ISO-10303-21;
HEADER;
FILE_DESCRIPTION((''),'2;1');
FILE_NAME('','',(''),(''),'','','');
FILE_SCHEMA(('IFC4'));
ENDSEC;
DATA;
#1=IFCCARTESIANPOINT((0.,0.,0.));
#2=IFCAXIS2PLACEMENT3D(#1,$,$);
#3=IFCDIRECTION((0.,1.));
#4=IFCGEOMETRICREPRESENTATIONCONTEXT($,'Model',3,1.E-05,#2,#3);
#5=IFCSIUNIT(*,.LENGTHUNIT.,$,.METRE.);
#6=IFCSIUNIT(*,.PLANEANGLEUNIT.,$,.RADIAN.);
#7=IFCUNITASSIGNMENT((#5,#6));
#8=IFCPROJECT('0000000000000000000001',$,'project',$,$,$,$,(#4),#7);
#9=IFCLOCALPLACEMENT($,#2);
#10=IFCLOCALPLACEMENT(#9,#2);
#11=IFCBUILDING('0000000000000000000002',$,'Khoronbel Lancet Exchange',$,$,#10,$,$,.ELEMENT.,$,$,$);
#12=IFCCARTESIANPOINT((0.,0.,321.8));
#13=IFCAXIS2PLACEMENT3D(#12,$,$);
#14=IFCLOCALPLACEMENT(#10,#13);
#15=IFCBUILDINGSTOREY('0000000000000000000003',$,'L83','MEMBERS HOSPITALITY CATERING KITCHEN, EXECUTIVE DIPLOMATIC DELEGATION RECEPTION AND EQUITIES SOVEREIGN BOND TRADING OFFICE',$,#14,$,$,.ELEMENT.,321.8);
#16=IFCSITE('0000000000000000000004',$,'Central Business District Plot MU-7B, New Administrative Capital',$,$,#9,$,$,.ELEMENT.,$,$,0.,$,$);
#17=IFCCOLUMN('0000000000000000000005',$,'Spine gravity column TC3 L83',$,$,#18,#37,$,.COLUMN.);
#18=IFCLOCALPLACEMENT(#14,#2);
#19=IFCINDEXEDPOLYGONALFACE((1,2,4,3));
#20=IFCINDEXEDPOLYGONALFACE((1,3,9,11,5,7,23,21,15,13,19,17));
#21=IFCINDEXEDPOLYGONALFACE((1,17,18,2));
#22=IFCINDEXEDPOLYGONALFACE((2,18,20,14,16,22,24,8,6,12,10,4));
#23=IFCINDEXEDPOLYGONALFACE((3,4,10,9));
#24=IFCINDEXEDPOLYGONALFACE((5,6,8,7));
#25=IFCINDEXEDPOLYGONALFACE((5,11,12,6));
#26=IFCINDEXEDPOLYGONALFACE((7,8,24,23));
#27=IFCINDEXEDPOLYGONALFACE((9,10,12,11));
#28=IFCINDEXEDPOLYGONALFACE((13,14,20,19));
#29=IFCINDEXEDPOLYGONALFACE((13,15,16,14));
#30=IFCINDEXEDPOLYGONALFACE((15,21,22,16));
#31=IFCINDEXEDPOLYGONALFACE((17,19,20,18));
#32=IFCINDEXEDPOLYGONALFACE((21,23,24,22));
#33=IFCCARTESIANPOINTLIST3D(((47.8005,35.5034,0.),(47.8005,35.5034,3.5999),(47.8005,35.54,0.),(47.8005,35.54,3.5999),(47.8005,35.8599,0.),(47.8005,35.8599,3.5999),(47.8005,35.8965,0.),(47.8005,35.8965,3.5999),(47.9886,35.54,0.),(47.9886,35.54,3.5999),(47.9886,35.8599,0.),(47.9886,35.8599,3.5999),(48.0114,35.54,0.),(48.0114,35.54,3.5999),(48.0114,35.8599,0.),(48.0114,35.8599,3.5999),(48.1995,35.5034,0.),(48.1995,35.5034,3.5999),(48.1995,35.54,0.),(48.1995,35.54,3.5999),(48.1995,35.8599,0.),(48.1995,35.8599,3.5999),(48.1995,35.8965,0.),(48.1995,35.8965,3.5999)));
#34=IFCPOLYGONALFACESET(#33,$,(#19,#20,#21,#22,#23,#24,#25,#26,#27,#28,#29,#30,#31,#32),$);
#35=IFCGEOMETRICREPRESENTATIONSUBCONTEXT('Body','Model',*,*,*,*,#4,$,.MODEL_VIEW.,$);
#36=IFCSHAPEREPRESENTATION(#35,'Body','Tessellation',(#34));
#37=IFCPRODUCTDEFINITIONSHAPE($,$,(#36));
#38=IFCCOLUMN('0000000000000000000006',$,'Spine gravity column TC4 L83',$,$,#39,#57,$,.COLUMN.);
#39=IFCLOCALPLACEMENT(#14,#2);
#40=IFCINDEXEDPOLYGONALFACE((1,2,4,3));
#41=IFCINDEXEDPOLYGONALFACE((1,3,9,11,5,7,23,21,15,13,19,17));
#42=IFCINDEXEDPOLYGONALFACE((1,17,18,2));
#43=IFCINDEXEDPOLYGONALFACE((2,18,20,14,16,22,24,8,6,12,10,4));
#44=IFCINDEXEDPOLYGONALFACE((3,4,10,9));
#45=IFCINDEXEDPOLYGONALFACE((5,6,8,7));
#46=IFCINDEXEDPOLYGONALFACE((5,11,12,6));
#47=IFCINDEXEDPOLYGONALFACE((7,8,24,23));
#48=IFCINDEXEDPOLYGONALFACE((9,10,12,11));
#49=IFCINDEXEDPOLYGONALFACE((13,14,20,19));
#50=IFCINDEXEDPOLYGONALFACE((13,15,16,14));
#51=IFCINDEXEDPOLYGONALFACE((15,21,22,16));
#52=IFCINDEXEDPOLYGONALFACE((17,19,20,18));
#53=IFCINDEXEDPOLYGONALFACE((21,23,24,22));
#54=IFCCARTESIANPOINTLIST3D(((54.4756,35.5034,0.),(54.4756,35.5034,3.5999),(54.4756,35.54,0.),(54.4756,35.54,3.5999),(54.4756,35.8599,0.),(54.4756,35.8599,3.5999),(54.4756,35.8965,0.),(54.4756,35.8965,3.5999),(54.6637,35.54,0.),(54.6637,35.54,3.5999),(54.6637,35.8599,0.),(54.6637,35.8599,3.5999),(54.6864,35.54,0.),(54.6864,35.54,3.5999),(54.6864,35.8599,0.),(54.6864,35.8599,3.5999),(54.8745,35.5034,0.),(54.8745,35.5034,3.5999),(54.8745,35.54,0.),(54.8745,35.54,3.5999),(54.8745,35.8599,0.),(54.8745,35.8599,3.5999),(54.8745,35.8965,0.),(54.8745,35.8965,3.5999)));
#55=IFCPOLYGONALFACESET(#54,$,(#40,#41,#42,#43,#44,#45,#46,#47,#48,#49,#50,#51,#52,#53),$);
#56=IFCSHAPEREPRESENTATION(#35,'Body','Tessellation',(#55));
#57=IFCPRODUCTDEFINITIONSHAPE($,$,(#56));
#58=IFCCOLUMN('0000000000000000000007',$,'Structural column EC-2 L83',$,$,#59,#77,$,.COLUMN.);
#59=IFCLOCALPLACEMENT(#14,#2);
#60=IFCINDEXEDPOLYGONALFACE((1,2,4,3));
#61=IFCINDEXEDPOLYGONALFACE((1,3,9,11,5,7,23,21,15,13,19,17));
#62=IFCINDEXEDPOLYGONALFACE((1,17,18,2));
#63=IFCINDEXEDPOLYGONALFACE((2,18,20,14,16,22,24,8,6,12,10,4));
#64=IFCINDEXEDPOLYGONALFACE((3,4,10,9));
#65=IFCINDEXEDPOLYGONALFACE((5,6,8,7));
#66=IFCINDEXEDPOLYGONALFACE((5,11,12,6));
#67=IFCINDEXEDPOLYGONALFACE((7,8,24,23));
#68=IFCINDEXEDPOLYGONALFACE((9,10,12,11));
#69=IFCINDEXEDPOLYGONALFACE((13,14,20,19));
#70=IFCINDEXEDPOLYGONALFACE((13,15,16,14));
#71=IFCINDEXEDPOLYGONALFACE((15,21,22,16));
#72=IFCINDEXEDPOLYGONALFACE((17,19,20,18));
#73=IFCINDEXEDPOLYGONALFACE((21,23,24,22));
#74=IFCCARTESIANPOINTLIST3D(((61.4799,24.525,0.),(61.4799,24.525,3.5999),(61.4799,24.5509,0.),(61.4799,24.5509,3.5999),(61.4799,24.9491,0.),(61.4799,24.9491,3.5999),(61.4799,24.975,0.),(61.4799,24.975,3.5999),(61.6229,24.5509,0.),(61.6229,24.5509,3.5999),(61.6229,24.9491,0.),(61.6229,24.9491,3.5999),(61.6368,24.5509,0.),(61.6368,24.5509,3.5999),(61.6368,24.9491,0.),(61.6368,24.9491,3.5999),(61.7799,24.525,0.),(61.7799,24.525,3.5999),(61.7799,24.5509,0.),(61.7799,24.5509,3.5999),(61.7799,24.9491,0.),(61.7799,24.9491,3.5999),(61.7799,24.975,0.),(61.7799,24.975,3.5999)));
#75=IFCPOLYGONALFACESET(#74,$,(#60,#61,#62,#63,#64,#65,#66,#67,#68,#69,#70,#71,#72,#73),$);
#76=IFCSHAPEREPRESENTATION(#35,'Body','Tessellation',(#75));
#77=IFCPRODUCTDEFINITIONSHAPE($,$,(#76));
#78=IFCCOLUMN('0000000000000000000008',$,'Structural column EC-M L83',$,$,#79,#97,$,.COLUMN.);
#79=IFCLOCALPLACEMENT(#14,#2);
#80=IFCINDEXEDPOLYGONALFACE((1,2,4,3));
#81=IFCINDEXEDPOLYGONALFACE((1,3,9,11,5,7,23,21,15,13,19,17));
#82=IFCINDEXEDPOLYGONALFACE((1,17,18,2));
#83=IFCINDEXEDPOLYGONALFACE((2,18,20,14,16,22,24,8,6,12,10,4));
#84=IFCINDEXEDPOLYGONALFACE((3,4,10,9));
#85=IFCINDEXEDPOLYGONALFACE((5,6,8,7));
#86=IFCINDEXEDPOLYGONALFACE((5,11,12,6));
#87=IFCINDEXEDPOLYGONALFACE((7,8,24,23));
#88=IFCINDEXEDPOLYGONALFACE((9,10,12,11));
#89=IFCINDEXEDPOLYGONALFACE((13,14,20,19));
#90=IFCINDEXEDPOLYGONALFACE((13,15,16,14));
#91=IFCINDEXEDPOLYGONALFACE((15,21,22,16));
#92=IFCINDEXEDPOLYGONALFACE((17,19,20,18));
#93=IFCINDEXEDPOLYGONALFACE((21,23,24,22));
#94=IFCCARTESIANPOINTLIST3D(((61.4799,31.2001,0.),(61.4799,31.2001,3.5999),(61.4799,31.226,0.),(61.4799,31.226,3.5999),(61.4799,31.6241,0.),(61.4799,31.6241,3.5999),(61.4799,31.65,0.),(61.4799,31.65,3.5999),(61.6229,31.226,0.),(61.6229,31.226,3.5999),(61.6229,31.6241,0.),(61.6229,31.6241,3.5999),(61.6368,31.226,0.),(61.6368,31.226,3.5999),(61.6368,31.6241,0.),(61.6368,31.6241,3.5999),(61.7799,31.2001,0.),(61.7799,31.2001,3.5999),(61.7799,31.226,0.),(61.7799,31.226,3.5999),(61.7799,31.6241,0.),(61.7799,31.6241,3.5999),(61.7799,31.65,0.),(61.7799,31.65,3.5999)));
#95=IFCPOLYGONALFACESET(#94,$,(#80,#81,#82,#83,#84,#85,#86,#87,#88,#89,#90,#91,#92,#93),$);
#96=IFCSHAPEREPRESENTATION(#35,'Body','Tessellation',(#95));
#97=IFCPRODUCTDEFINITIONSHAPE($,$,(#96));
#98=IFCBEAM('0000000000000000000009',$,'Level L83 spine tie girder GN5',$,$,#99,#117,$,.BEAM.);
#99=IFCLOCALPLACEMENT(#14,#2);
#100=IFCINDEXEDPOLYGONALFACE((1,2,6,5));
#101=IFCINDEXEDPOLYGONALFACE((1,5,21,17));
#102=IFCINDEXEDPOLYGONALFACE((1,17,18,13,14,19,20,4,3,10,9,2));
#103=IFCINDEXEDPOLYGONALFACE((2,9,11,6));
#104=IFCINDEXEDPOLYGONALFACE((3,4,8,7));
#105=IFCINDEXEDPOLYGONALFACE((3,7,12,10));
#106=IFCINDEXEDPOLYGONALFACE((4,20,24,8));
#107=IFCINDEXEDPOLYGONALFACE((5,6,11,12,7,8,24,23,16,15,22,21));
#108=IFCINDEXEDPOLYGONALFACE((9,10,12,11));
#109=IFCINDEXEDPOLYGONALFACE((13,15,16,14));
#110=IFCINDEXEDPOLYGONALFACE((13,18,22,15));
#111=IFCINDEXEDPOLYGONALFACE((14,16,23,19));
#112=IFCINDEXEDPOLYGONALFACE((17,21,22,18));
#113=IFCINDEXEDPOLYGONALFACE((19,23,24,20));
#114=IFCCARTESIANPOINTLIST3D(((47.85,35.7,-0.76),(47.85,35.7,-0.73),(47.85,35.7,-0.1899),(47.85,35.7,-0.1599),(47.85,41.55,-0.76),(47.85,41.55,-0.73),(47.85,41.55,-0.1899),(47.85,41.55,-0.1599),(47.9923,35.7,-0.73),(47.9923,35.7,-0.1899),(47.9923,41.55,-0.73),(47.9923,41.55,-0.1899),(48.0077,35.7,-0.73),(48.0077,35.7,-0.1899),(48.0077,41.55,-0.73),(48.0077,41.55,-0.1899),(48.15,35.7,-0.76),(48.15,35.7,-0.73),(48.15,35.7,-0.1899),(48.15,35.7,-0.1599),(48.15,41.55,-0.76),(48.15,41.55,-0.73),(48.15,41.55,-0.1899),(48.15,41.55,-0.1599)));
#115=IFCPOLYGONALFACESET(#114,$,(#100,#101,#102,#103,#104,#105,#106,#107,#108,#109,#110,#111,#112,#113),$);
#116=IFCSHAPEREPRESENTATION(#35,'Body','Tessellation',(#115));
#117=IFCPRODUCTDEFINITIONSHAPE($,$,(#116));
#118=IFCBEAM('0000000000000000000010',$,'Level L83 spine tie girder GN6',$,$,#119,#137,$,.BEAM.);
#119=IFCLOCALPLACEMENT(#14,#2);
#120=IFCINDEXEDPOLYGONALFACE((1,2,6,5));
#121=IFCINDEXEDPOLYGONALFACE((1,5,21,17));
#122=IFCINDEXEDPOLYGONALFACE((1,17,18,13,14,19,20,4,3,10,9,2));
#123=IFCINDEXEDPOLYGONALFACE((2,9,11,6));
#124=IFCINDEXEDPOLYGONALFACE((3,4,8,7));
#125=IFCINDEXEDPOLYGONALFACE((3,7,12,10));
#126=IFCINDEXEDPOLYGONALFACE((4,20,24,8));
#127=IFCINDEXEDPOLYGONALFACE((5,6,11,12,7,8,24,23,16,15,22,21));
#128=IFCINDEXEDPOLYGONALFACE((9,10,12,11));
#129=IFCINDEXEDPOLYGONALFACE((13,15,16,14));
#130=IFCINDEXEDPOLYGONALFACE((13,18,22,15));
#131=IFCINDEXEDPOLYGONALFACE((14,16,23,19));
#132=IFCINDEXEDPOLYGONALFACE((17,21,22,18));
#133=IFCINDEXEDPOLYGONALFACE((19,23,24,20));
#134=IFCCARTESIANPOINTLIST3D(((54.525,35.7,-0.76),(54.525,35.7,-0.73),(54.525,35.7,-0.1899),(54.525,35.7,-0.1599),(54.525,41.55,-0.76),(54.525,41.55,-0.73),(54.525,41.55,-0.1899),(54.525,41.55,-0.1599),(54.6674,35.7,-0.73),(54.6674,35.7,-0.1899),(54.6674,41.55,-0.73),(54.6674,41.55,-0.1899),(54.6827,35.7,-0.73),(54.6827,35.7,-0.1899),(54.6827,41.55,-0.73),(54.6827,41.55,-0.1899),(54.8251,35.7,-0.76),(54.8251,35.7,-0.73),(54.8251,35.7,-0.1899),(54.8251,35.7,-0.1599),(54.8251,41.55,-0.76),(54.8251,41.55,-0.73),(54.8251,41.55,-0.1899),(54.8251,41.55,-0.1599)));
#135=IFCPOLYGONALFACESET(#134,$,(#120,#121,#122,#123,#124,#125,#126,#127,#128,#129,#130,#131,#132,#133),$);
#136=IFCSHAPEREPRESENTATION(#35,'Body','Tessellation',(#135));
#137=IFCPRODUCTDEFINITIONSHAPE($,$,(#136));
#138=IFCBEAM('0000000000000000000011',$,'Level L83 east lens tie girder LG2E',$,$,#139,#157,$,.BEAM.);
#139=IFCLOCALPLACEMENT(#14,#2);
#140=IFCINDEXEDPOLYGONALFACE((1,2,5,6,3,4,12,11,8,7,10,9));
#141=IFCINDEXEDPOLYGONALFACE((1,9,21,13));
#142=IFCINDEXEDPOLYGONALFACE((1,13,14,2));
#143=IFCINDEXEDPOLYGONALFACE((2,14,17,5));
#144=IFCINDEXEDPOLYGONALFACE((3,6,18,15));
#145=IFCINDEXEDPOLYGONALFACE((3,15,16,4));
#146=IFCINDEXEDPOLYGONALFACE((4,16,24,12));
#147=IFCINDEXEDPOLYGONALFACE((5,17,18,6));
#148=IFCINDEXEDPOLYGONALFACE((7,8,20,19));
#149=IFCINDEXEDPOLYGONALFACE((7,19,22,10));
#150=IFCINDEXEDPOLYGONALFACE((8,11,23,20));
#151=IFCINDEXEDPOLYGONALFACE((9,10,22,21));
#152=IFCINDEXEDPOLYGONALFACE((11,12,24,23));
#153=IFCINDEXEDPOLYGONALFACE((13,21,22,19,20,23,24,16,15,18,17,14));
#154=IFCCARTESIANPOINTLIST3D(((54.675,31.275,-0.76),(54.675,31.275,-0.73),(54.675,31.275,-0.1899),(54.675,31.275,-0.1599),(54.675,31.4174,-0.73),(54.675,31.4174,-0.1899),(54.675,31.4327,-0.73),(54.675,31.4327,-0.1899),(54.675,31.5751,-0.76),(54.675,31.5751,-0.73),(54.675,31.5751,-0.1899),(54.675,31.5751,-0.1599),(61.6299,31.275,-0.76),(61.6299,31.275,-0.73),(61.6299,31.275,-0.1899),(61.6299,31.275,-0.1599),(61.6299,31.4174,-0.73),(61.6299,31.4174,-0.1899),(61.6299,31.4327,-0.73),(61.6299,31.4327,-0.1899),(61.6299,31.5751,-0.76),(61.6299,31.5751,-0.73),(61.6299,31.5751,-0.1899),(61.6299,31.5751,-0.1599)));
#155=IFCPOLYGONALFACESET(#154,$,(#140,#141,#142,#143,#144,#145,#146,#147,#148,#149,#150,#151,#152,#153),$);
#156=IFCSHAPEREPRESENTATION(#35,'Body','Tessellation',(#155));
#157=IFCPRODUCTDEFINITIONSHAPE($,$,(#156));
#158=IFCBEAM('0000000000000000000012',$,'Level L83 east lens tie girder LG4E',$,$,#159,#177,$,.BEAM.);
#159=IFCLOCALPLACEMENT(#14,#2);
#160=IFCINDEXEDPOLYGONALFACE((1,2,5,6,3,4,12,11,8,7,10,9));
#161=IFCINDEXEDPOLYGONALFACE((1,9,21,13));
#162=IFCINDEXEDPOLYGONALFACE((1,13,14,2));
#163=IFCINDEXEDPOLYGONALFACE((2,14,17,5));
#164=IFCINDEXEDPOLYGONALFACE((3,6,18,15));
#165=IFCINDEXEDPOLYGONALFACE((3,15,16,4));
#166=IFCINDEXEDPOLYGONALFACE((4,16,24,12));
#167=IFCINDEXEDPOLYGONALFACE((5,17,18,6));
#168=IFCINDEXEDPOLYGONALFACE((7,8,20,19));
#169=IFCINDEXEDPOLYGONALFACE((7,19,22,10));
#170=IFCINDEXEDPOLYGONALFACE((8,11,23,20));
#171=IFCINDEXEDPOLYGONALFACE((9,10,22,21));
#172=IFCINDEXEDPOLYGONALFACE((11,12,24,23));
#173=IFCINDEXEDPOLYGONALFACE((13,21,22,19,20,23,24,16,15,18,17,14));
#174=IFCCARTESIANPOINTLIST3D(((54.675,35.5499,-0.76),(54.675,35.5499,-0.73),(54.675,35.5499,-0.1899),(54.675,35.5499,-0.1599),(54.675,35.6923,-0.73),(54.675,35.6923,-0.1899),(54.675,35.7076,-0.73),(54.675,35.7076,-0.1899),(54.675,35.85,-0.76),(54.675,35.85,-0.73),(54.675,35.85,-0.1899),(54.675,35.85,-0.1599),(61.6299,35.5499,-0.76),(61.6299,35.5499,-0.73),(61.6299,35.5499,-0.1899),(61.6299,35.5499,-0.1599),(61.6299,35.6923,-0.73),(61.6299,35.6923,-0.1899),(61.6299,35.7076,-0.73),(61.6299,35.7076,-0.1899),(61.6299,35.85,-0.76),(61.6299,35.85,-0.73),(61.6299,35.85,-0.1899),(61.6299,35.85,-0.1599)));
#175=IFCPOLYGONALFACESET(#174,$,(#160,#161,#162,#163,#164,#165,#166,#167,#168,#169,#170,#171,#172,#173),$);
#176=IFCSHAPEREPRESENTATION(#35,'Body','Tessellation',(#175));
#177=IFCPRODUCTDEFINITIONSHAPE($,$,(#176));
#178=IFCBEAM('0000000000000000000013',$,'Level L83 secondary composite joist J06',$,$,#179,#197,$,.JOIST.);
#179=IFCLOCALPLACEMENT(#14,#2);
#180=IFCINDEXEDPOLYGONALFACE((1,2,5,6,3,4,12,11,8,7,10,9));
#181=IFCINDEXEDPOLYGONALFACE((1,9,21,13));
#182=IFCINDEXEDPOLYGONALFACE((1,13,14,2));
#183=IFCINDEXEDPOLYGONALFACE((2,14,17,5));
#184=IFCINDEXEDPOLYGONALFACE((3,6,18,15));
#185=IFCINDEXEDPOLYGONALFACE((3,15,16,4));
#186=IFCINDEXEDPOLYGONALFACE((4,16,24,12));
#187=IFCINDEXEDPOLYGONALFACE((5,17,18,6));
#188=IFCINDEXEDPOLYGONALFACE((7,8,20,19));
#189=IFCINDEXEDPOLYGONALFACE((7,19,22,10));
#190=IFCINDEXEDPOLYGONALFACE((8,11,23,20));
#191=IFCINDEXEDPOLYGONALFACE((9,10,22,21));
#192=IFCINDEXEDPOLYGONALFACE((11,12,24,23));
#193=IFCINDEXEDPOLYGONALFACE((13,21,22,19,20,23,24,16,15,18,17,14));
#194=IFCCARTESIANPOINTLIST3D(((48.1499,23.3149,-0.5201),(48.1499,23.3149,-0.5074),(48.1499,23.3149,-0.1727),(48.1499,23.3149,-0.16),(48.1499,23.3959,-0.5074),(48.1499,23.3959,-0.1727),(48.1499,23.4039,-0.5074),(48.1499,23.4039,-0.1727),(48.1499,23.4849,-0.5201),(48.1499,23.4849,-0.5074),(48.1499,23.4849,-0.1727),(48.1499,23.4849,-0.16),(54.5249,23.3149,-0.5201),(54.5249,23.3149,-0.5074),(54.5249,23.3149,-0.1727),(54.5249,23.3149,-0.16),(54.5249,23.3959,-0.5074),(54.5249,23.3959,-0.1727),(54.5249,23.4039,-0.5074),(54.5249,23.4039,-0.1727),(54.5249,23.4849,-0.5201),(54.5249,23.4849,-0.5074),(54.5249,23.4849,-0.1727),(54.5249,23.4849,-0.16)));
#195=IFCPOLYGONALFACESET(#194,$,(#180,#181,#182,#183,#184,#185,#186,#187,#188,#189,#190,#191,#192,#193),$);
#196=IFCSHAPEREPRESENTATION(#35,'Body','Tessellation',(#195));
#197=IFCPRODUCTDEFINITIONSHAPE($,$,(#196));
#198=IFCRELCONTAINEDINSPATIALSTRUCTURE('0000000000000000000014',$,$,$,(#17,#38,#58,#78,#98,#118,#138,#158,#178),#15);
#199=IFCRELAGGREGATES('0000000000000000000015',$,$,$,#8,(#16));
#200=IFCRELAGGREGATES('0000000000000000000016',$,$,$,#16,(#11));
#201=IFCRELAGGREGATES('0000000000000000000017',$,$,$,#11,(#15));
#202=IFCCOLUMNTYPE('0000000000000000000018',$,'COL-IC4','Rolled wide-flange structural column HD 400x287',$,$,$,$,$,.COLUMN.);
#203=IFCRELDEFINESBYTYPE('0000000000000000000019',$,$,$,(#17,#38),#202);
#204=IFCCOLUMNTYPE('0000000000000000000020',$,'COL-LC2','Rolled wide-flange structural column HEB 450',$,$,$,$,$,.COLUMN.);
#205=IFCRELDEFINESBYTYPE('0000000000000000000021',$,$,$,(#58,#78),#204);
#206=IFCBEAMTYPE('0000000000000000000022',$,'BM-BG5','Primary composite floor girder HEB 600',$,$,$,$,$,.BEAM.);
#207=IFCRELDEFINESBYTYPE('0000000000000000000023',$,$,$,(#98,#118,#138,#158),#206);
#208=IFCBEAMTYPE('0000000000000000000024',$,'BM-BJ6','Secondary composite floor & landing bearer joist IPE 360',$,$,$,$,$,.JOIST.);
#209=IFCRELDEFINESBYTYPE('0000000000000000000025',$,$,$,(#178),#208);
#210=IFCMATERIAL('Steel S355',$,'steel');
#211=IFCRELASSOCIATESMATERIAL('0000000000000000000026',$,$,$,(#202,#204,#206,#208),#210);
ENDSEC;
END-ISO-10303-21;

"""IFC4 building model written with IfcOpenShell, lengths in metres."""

from ifc_helpers import new_model, si_unit, direction, frame, origin, origin_2d, place, context, subcontext, project, spatial, i_section, extrude, material, material_profile, profile_set, type_object, element, save


model = new_model("IFC4")

# Units and contexts
model_context = context("Model", 3, precision=1e-05, world=origin(), true_north=direction((0.0, 1.0)))
body_context = subcontext(model_context, "Body", "Model", "MODEL_VIEW")
ifc_project = project(units=[si_unit("LENGTHUNIT", "METRE"), si_unit("PLANEANGLEUNIT", "RADIAN")], contexts=[model_context])

# Site, building, storey
site_placement = place(None, origin())
site = spatial("IfcSite", under=ifc_project, at=site_placement, Name="Central Business District Plot MU-7B, New Administrative Capital", CompositionType="ELEMENT", RefElevation=0.0)
building_placement = place(site_placement, origin())
building = spatial("IfcBuilding", under=site, at=building_placement, Name="Khoronbel Lancet Exchange", CompositionType="ELEMENT")
storey_placement = place(building_placement, frame((0.0, 0.0, 321.8)))
storey = spatial("IfcBuildingStorey", under=building, at=storey_placement, Name="L83", Description="MEMBERS HOSPITALITY CATERING KITCHEN, EXECUTIVE DIPLOMATIC DELEGATION RECEPTION AND EQUITIES SOVEREIGN BOND TRADING OFFICE", CompositionType="ELEMENT", Elevation=321.8)

# Columns
ifc_material_1 = material(Name="Steel S355", Category="steel")
ifc_material_profile_1 = material_profile(ifc_material_1, i_section(OverallWidth=0.3989, OverallDepth=0.3931, WebThickness=0.0227, FlangeThickness=0.0366, at=origin_2d()), Name="HD 400x287")
ifc_profile_set_1 = profile_set([ifc_material_profile_1], Name="Steel S355")
column_type_1 = type_object("IfcColumnType", Name="COL-IC4", Description="Rolled wide-flange structural column HD 400x287", PredefinedType="COLUMN", material=ifc_profile_set_1)
for number, where, z_axis, x_axis, name in (
    (1, (48.0, 35.7, 0.0), (0.0, 0.0, 1.0), (1.0, 0.0, 0.0), "Spine gravity column TC3 L83"),
    (2, (54.675, 35.7, 0.0), (0.0, 0.0, 1.0), (1.0, 0.0, 0.0), "Spine gravity column TC4 L83"),
):
    element("IfcColumn", number, at=place(storey_placement, frame(where, z_axis=z_axis, x_axis=x_axis)), inside=storey, type_object=column_type_1, Name=name, PredefinedType="COLUMN", context=body_context, shape_type="SweptSolid", body=[
        extrude(i_section(OverallWidth=0.3989, OverallDepth=0.3931, WebThickness=0.0227, FlangeThickness=0.0366, at=origin_2d()), origin(), (0.0, 0.0, 1.0), 3.5999),
    ])
ifc_material_profile_2 = material_profile(ifc_material_1, i_section(OverallWidth=0.3, OverallDepth=0.45, WebThickness=0.0139, FlangeThickness=0.0259, at=origin_2d()), Name="HEB 450")
ifc_profile_set_2 = profile_set([ifc_material_profile_2], Name="Steel S355")
column_type_2 = type_object("IfcColumnType", Name="COL-LC2", Description="Rolled wide-flange structural column HEB 450", PredefinedType="COLUMN", material=ifc_profile_set_2)
for number, where, z_axis, x_axis, name in (
    (3, (61.6299, 24.75, 0.0), (0.0, 0.0, 1.0), (1.0, 0.0, 0.0), "Structural column EC-2 L83"),
    (4, (61.6299, 31.425, 0.0), (0.0, 0.0, 1.0), (1.0, 0.0, 0.0), "Structural column EC-M L83"),
):
    element("IfcColumn", number, at=place(storey_placement, frame(where, z_axis=z_axis, x_axis=x_axis)), inside=storey, type_object=column_type_2, Name=name, PredefinedType="COLUMN", context=body_context, shape_type="SweptSolid", body=[
        extrude(i_section(OverallWidth=0.3, OverallDepth=0.45, WebThickness=0.0139, FlangeThickness=0.0259, at=origin_2d()), origin(), (0.0, 0.0, 1.0), 3.5999),
    ])

# Beams
ifc_material_profile_3 = material_profile(ifc_material_1, i_section(OverallWidth=0.3, OverallDepth=0.6001, WebThickness=0.0154, FlangeThickness=0.03, at=origin_2d()), Name="HEB 600")
ifc_profile_set_3 = profile_set([ifc_material_profile_3], Name="Steel S355")
beam_type_1 = type_object("IfcBeamType", Name="BM-BG5", Description="Primary composite floor girder HEB 600", PredefinedType="BEAM", material=ifc_profile_set_3)
for number, where, z_axis, x_axis, name in (
    (5, (48.0, 35.7, -0.46), (0.0, 1.0, 0.0), (-1.0, 0.0, 0.0), "Level L83 spine tie girder GN5"),
    (6, (54.675, 35.7, -0.46), (0.0, 1.0, 0.0), (-1.0, 0.0, 0.0), "Level L83 spine tie girder GN6"),
):
    element("IfcBeam", number, at=place(storey_placement, frame(where, z_axis=z_axis, x_axis=x_axis)), inside=storey, type_object=beam_type_1, Name=name, PredefinedType="BEAM", context=body_context, shape_type="SweptSolid", body=[
        extrude(i_section(OverallWidth=0.3, OverallDepth=0.6001, WebThickness=0.0154, FlangeThickness=0.03, at=origin_2d()), origin(), (0.0, 0.0, 1.0), 5.8501),
    ])
for number, where, z_axis, x_axis, name in (
    (7, (54.675, 31.425, -0.46), (1.0, 0.0, 0.0), (0.0, 1.0, 0.0), "Level L83 east lens tie girder LG2E"),
    (8, (54.675, 35.7, -0.46), (1.0, 0.0, 0.0), (0.0, 1.0, 0.0), "Level L83 east lens tie girder LG4E"),
):
    element("IfcBeam", number, at=place(storey_placement, frame(where, z_axis=z_axis, x_axis=x_axis)), inside=storey, type_object=beam_type_1, Name=name, PredefinedType="BEAM", context=body_context, shape_type="SweptSolid", body=[
        extrude(i_section(OverallWidth=0.3, OverallDepth=0.6001, WebThickness=0.0154, FlangeThickness=0.03, at=origin_2d()), origin(), (0.0, 0.0, 1.0), 6.9548),
    ])
ifc_material_profile_4 = material_profile(ifc_material_1, i_section(OverallWidth=0.1699, OverallDepth=0.3601, WebThickness=0.0081, FlangeThickness=0.0127, at=origin_2d()), Name="IPE 360")
ifc_profile_set_4 = profile_set([ifc_material_profile_4], Name="Steel S355")
beam_type_2 = type_object("IfcBeamType", Name="BM-BJ6", Description="Secondary composite floor & landing bearer joist IPE 360", PredefinedType="JOIST", material=ifc_profile_set_4)
for number, where, z_axis, x_axis, name in (
    (9, (48.1499, 23.3999, -0.3401), (1.0, 0.0, 0.0), (0.0, 1.0, 0.0), "Level L83 secondary composite joist J06"),
):
    element("IfcBeam", number, at=place(storey_placement, frame(where, z_axis=z_axis, x_axis=x_axis)), inside=storey, type_object=beam_type_2, Name=name, PredefinedType="JOIST", context=body_context, shape_type="SweptSolid", body=[
        extrude(i_section(OverallWidth=0.1699, OverallDepth=0.3601, WebThickness=0.0081, FlangeThickness=0.0127, at=origin_2d()), origin(), (0.0, 0.0, 1.0), 6.375),
    ])

save(model, "model.ifc")
